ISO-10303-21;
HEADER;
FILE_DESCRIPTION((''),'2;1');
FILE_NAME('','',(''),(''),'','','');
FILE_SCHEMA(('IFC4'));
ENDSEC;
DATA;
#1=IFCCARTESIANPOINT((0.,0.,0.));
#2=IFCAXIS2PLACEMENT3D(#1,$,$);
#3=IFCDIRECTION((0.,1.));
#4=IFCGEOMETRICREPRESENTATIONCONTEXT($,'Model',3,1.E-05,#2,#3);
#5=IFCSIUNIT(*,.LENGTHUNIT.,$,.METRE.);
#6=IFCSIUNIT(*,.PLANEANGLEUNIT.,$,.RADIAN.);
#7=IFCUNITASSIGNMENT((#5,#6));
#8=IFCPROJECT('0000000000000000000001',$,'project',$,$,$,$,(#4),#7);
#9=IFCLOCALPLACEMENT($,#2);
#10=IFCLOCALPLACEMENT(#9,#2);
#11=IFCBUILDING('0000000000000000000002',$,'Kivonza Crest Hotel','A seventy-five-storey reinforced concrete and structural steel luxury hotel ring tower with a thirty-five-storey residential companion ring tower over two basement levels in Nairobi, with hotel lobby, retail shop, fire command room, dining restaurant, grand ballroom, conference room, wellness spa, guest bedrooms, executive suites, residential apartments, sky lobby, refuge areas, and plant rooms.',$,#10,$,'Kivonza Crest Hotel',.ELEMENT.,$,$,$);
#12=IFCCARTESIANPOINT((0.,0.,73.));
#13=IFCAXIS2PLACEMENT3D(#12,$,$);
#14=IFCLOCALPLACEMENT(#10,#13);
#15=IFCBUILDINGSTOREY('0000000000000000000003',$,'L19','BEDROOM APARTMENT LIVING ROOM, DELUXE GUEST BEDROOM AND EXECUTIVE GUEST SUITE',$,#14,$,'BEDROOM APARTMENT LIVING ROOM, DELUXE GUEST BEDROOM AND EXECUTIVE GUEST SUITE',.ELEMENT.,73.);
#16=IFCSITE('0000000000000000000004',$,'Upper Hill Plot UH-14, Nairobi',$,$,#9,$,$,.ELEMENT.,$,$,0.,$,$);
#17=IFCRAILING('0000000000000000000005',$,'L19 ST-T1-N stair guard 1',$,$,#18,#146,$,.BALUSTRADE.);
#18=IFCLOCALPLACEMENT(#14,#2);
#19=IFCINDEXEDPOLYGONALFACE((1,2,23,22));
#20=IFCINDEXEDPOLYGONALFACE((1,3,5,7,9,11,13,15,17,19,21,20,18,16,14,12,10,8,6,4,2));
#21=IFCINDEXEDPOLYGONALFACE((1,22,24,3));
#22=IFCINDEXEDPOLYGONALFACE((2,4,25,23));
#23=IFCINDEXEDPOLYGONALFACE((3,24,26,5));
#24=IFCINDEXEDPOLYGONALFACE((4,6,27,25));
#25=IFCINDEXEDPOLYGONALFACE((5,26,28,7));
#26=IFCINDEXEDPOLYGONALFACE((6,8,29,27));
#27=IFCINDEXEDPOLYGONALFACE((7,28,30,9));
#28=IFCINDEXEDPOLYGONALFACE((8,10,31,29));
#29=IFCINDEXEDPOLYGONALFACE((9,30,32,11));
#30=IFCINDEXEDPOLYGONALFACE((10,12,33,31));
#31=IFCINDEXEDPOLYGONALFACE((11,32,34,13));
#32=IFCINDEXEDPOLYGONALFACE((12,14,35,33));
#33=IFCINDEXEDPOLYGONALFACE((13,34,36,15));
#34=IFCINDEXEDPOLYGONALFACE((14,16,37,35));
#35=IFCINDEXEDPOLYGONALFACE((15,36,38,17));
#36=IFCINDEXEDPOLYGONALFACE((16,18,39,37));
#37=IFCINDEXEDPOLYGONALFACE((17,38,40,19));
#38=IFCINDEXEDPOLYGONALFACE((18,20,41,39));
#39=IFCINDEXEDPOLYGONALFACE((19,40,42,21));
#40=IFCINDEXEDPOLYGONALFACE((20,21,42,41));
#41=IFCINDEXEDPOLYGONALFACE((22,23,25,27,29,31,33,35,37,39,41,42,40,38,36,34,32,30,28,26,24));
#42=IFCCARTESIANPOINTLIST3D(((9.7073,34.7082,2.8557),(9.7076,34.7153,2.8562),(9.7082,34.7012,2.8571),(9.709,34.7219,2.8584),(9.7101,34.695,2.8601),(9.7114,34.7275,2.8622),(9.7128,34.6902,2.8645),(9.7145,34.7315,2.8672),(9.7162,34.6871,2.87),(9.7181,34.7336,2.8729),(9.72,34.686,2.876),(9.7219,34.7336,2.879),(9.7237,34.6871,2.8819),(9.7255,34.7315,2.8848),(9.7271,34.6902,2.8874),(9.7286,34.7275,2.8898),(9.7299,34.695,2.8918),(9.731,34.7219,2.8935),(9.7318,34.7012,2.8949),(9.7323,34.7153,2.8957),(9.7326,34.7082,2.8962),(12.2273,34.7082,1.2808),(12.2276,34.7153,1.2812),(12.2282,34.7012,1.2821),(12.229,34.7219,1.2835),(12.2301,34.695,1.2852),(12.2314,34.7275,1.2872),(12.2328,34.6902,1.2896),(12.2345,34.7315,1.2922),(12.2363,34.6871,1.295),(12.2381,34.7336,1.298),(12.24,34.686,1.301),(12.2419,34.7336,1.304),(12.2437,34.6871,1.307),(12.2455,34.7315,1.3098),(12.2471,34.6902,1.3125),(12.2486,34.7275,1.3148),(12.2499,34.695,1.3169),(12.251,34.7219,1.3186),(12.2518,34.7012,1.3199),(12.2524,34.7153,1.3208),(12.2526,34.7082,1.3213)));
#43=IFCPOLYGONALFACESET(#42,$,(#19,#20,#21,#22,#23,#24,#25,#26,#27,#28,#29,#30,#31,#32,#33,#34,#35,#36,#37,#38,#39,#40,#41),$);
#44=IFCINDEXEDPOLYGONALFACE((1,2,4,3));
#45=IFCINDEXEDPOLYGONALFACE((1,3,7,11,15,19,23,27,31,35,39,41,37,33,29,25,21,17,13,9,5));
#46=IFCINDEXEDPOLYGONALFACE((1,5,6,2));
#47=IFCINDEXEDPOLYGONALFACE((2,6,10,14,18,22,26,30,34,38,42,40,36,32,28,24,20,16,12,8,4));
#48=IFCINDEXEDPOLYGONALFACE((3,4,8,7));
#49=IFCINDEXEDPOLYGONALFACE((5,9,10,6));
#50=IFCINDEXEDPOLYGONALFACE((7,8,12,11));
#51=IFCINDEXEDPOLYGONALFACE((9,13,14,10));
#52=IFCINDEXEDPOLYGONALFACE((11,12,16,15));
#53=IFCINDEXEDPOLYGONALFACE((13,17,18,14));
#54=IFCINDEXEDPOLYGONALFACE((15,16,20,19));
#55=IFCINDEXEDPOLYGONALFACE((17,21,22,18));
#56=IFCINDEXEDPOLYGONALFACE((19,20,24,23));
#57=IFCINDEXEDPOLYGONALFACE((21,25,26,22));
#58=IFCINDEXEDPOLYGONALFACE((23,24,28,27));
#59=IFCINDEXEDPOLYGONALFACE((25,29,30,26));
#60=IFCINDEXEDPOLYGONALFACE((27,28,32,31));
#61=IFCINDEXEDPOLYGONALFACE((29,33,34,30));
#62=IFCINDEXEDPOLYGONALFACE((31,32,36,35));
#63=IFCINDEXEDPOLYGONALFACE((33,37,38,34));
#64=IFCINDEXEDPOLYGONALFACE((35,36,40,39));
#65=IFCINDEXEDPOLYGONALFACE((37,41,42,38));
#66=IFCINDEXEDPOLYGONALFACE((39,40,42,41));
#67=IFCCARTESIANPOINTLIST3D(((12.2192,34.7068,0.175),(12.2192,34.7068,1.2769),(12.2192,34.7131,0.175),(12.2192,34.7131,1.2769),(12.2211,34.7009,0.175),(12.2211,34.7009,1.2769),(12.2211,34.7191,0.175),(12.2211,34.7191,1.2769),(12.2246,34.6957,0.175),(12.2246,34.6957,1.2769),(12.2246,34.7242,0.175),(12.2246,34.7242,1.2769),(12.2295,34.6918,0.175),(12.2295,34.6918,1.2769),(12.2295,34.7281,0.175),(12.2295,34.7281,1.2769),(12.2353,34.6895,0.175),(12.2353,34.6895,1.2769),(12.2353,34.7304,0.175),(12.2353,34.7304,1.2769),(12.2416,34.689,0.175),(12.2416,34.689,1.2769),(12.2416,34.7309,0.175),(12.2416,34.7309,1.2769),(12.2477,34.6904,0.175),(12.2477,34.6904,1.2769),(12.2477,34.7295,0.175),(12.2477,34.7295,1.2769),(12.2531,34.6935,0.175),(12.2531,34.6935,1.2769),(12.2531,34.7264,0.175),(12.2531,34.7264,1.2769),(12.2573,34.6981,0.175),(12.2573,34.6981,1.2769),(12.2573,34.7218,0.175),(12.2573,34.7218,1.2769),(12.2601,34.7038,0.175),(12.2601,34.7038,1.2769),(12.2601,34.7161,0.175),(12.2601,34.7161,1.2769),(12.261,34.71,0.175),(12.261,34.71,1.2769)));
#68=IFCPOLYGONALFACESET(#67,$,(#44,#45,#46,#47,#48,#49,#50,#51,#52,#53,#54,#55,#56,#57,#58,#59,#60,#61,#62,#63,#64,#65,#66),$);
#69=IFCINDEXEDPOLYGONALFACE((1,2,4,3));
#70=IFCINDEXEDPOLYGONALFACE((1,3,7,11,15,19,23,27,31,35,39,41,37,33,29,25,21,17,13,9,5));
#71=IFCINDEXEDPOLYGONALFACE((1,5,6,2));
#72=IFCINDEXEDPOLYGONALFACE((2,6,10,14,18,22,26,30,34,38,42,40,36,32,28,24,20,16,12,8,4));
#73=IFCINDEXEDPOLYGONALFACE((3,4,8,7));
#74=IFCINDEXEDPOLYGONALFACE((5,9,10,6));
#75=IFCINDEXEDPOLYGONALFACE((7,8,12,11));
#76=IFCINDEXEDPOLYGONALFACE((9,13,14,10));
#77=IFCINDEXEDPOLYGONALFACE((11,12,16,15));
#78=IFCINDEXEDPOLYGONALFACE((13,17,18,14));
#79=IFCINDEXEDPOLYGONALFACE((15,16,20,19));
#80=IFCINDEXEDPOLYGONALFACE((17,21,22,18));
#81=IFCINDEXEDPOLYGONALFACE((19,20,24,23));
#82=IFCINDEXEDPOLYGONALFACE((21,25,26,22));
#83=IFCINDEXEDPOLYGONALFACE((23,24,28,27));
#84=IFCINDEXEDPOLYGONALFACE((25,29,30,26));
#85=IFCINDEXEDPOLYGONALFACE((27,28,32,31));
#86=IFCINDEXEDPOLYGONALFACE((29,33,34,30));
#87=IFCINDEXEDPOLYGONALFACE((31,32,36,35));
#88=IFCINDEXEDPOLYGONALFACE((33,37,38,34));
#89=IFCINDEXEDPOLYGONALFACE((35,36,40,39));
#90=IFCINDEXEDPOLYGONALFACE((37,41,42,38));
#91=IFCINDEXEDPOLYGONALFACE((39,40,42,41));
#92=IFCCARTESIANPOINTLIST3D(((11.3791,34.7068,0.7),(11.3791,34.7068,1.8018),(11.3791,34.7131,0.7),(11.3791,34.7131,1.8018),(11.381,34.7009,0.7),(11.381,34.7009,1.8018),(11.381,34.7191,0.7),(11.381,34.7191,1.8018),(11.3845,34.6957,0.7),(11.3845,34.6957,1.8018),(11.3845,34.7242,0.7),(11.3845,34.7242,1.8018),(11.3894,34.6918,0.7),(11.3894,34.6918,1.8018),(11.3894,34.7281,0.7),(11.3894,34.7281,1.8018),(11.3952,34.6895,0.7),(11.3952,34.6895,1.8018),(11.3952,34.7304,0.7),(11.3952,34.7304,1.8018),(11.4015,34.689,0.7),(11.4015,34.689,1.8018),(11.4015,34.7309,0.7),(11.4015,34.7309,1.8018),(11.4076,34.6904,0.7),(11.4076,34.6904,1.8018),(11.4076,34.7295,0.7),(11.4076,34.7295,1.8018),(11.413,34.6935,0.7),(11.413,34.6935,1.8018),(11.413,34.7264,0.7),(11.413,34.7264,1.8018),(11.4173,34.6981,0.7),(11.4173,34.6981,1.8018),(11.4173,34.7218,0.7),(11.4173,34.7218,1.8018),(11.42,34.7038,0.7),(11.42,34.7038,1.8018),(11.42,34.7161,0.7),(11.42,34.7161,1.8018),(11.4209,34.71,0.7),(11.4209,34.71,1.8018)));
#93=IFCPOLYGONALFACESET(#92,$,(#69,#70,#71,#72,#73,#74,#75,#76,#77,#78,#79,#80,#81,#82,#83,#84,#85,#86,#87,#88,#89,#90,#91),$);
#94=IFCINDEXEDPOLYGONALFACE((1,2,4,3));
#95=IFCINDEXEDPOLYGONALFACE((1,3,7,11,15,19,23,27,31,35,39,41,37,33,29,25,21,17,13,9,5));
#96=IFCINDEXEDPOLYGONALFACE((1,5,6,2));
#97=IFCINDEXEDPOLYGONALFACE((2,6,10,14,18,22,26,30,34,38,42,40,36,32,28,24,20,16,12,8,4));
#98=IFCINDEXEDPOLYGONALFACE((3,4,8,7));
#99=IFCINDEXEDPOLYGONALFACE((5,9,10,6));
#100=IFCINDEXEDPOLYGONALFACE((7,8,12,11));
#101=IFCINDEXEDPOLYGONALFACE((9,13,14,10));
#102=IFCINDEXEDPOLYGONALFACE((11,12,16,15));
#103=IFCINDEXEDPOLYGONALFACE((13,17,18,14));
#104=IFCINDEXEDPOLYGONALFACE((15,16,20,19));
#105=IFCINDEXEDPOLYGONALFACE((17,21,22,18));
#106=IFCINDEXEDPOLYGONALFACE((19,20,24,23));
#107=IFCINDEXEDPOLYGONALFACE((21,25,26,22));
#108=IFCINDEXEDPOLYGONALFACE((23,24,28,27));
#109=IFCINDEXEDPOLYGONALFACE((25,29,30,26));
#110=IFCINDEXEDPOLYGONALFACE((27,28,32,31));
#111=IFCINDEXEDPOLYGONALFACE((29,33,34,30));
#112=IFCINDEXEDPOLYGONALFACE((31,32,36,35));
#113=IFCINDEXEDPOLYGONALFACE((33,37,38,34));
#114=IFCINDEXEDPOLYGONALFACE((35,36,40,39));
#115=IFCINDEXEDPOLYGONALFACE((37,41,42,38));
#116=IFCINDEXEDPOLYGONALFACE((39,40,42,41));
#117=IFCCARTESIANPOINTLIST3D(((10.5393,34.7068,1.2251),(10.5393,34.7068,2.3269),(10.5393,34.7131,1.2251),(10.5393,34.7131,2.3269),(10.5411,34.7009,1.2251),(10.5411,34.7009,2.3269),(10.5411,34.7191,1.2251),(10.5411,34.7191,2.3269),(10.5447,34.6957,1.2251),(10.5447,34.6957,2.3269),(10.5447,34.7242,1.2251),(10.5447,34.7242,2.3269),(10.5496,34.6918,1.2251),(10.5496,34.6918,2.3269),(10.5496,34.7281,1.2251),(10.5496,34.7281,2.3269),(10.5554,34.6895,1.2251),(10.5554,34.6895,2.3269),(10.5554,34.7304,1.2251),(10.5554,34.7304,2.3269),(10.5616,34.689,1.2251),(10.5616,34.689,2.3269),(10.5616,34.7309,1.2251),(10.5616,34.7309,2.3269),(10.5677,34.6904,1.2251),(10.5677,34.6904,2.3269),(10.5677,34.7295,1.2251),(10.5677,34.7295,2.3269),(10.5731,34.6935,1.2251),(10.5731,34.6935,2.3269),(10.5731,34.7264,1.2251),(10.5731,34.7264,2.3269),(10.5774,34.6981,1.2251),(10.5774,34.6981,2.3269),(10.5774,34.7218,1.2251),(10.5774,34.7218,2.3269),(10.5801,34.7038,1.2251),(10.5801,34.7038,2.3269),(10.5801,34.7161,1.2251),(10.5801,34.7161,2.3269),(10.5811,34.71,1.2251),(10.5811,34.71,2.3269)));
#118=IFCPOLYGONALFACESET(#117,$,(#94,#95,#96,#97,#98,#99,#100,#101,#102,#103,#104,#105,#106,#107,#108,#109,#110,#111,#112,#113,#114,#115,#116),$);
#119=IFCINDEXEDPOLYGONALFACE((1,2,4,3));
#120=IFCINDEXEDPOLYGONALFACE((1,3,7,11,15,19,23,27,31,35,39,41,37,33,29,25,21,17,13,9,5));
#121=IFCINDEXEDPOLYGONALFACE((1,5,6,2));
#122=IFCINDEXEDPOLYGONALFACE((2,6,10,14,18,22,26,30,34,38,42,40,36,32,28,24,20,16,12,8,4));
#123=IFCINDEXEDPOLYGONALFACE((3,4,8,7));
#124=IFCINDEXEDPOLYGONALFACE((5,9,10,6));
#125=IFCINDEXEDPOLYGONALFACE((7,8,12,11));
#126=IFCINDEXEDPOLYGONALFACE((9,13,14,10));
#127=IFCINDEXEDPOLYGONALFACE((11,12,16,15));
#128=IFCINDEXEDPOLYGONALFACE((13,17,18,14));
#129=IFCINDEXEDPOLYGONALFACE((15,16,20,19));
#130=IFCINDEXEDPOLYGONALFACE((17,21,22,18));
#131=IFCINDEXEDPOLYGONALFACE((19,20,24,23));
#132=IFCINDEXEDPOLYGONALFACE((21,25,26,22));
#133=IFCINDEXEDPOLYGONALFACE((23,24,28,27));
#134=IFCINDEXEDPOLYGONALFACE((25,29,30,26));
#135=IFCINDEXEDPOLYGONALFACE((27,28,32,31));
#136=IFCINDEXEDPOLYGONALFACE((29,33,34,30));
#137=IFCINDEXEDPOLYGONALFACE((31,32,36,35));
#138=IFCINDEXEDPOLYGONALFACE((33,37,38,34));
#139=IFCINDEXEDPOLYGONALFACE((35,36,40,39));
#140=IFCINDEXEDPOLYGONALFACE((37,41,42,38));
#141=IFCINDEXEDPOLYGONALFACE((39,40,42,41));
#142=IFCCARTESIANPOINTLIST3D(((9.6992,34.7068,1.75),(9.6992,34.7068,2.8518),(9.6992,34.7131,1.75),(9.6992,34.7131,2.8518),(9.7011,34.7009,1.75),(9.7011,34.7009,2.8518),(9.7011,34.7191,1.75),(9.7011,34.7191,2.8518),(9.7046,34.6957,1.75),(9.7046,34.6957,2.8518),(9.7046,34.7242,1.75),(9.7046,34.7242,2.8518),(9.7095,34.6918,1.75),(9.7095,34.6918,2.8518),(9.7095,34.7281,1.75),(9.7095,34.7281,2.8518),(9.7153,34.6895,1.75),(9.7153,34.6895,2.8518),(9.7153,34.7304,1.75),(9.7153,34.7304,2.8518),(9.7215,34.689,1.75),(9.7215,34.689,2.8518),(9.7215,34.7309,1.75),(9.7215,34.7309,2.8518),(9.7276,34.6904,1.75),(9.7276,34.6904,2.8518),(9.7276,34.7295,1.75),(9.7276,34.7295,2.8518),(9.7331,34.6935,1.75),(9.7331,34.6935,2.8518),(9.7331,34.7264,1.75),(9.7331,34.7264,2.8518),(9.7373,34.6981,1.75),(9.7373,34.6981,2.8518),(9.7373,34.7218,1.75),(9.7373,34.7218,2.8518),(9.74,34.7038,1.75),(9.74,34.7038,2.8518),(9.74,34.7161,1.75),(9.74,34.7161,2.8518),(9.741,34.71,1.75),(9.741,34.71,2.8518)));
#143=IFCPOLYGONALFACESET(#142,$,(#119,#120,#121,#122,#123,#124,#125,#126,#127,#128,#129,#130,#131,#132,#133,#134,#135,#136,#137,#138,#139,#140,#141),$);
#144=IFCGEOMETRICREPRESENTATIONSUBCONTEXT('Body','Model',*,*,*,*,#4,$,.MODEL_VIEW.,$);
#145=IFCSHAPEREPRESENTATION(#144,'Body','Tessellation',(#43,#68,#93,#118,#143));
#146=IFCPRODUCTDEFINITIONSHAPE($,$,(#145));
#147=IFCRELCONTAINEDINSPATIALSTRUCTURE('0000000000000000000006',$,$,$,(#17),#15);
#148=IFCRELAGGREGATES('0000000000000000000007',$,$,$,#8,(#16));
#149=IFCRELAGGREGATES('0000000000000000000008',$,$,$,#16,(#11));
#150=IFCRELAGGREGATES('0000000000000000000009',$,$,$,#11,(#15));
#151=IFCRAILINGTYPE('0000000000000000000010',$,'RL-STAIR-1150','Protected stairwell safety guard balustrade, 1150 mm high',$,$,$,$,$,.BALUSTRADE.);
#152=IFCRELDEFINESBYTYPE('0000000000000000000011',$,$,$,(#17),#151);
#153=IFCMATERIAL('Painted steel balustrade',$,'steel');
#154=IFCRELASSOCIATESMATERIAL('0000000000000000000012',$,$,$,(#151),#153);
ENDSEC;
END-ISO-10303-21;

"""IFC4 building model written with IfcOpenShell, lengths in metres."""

from ifc_helpers import new_model, si_unit, direction, frame, origin, origin_2d, place, context, subcontext, project, spatial, circle, extrude, material, type_object, element, save


model = new_model("IFC4")

# Units and contexts
model_context = context("Model", 3, precision=1e-05, world=origin(), true_north=direction((0.0, 1.0)))
body_context = subcontext(model_context, "Body", "Model", "MODEL_VIEW")
ifc_project = project(units=[si_unit("LENGTHUNIT", "METRE"), si_unit("PLANEANGLEUNIT", "RADIAN")], contexts=[model_context])

# Site, building, storey
site_placement = place(None, origin())
site = spatial("IfcSite", under=ifc_project, at=site_placement, Name="Upper Hill Plot UH-14, Nairobi", CompositionType="ELEMENT", RefElevation=0.0)
building_placement = place(site_placement, origin())
building = spatial("IfcBuilding", under=site, at=building_placement, Name="Kivonza Crest Hotel", Description="A seventy-five-storey reinforced concrete and structural steel luxury hotel ring tower with a thirty-five-storey residential companion ring tower over two basement levels in Nairobi, with hotel lobby, retail shop, fire command room, dining restaurant, grand ballroom, conference room, wellness spa, guest bedrooms, executive suites, residential apartments, sky lobby, refuge areas, and plant rooms.", LongName="Kivonza Crest Hotel", CompositionType="ELEMENT")
storey_placement = place(building_placement, frame((0.0, 0.0, 73.0)))
storey = spatial("IfcBuildingStorey", under=building, at=storey_placement, Name="L19", Description="BEDROOM APARTMENT LIVING ROOM, DELUXE GUEST BEDROOM AND EXECUTIVE GUEST SUITE", LongName="BEDROOM APARTMENT LIVING ROOM, DELUXE GUEST BEDROOM AND EXECUTIVE GUEST SUITE", CompositionType="ELEMENT", Elevation=73.0)

# Railing
ifc_material_1 = material(Name="Painted steel balustrade", Category="steel")
railing_type_1 = type_object("IfcRailingType", Name="RL-STAIR-1150", Description="Protected stairwell safety guard balustrade, 1150 mm high", PredefinedType="BALUSTRADE", material=ifc_material_1)
railing_1_placement = place(storey_placement, frame((12.24, 34.71, 0.175)))
element("IfcRailing", 1, at=railing_1_placement, inside=storey, type_object=railing_type_1, Name="L19 ST-T1-N stair guard 1", PredefinedType="BALUSTRADE", context=body_context, shape_type="SweptSolid", body=[
    extrude(circle(Radius=0.0239, at=origin_2d()), frame((0.0, 0.0, 1.126), z_axis=(-0.848008, 0.0, 0.529984), x_axis=(0.0, -1.0, 0.0)), (0.0, 0.0, 1.0), 2.9717),
    extrude(circle(Radius=0.021, at=origin_2d()), origin(), (0.0, 0.0, 1.0), 1.1018),
    extrude(circle(Radius=0.021, at=origin_2d()), frame((-0.8401, 0.0, 0.5249)), (0.0, 0.0, 1.0), 1.1018),
    extrude(circle(Radius=0.021, at=origin_2d()), frame((-1.6799, 0.0, 1.05)), (0.0, 0.0, 1.0), 1.1018),
    extrude(circle(Radius=0.021, at=origin_2d()), frame((-2.52, 0.0, 1.575)), (0.0, 0.0, 1.0), 1.1018),
])

save(model, "model.ifc")
